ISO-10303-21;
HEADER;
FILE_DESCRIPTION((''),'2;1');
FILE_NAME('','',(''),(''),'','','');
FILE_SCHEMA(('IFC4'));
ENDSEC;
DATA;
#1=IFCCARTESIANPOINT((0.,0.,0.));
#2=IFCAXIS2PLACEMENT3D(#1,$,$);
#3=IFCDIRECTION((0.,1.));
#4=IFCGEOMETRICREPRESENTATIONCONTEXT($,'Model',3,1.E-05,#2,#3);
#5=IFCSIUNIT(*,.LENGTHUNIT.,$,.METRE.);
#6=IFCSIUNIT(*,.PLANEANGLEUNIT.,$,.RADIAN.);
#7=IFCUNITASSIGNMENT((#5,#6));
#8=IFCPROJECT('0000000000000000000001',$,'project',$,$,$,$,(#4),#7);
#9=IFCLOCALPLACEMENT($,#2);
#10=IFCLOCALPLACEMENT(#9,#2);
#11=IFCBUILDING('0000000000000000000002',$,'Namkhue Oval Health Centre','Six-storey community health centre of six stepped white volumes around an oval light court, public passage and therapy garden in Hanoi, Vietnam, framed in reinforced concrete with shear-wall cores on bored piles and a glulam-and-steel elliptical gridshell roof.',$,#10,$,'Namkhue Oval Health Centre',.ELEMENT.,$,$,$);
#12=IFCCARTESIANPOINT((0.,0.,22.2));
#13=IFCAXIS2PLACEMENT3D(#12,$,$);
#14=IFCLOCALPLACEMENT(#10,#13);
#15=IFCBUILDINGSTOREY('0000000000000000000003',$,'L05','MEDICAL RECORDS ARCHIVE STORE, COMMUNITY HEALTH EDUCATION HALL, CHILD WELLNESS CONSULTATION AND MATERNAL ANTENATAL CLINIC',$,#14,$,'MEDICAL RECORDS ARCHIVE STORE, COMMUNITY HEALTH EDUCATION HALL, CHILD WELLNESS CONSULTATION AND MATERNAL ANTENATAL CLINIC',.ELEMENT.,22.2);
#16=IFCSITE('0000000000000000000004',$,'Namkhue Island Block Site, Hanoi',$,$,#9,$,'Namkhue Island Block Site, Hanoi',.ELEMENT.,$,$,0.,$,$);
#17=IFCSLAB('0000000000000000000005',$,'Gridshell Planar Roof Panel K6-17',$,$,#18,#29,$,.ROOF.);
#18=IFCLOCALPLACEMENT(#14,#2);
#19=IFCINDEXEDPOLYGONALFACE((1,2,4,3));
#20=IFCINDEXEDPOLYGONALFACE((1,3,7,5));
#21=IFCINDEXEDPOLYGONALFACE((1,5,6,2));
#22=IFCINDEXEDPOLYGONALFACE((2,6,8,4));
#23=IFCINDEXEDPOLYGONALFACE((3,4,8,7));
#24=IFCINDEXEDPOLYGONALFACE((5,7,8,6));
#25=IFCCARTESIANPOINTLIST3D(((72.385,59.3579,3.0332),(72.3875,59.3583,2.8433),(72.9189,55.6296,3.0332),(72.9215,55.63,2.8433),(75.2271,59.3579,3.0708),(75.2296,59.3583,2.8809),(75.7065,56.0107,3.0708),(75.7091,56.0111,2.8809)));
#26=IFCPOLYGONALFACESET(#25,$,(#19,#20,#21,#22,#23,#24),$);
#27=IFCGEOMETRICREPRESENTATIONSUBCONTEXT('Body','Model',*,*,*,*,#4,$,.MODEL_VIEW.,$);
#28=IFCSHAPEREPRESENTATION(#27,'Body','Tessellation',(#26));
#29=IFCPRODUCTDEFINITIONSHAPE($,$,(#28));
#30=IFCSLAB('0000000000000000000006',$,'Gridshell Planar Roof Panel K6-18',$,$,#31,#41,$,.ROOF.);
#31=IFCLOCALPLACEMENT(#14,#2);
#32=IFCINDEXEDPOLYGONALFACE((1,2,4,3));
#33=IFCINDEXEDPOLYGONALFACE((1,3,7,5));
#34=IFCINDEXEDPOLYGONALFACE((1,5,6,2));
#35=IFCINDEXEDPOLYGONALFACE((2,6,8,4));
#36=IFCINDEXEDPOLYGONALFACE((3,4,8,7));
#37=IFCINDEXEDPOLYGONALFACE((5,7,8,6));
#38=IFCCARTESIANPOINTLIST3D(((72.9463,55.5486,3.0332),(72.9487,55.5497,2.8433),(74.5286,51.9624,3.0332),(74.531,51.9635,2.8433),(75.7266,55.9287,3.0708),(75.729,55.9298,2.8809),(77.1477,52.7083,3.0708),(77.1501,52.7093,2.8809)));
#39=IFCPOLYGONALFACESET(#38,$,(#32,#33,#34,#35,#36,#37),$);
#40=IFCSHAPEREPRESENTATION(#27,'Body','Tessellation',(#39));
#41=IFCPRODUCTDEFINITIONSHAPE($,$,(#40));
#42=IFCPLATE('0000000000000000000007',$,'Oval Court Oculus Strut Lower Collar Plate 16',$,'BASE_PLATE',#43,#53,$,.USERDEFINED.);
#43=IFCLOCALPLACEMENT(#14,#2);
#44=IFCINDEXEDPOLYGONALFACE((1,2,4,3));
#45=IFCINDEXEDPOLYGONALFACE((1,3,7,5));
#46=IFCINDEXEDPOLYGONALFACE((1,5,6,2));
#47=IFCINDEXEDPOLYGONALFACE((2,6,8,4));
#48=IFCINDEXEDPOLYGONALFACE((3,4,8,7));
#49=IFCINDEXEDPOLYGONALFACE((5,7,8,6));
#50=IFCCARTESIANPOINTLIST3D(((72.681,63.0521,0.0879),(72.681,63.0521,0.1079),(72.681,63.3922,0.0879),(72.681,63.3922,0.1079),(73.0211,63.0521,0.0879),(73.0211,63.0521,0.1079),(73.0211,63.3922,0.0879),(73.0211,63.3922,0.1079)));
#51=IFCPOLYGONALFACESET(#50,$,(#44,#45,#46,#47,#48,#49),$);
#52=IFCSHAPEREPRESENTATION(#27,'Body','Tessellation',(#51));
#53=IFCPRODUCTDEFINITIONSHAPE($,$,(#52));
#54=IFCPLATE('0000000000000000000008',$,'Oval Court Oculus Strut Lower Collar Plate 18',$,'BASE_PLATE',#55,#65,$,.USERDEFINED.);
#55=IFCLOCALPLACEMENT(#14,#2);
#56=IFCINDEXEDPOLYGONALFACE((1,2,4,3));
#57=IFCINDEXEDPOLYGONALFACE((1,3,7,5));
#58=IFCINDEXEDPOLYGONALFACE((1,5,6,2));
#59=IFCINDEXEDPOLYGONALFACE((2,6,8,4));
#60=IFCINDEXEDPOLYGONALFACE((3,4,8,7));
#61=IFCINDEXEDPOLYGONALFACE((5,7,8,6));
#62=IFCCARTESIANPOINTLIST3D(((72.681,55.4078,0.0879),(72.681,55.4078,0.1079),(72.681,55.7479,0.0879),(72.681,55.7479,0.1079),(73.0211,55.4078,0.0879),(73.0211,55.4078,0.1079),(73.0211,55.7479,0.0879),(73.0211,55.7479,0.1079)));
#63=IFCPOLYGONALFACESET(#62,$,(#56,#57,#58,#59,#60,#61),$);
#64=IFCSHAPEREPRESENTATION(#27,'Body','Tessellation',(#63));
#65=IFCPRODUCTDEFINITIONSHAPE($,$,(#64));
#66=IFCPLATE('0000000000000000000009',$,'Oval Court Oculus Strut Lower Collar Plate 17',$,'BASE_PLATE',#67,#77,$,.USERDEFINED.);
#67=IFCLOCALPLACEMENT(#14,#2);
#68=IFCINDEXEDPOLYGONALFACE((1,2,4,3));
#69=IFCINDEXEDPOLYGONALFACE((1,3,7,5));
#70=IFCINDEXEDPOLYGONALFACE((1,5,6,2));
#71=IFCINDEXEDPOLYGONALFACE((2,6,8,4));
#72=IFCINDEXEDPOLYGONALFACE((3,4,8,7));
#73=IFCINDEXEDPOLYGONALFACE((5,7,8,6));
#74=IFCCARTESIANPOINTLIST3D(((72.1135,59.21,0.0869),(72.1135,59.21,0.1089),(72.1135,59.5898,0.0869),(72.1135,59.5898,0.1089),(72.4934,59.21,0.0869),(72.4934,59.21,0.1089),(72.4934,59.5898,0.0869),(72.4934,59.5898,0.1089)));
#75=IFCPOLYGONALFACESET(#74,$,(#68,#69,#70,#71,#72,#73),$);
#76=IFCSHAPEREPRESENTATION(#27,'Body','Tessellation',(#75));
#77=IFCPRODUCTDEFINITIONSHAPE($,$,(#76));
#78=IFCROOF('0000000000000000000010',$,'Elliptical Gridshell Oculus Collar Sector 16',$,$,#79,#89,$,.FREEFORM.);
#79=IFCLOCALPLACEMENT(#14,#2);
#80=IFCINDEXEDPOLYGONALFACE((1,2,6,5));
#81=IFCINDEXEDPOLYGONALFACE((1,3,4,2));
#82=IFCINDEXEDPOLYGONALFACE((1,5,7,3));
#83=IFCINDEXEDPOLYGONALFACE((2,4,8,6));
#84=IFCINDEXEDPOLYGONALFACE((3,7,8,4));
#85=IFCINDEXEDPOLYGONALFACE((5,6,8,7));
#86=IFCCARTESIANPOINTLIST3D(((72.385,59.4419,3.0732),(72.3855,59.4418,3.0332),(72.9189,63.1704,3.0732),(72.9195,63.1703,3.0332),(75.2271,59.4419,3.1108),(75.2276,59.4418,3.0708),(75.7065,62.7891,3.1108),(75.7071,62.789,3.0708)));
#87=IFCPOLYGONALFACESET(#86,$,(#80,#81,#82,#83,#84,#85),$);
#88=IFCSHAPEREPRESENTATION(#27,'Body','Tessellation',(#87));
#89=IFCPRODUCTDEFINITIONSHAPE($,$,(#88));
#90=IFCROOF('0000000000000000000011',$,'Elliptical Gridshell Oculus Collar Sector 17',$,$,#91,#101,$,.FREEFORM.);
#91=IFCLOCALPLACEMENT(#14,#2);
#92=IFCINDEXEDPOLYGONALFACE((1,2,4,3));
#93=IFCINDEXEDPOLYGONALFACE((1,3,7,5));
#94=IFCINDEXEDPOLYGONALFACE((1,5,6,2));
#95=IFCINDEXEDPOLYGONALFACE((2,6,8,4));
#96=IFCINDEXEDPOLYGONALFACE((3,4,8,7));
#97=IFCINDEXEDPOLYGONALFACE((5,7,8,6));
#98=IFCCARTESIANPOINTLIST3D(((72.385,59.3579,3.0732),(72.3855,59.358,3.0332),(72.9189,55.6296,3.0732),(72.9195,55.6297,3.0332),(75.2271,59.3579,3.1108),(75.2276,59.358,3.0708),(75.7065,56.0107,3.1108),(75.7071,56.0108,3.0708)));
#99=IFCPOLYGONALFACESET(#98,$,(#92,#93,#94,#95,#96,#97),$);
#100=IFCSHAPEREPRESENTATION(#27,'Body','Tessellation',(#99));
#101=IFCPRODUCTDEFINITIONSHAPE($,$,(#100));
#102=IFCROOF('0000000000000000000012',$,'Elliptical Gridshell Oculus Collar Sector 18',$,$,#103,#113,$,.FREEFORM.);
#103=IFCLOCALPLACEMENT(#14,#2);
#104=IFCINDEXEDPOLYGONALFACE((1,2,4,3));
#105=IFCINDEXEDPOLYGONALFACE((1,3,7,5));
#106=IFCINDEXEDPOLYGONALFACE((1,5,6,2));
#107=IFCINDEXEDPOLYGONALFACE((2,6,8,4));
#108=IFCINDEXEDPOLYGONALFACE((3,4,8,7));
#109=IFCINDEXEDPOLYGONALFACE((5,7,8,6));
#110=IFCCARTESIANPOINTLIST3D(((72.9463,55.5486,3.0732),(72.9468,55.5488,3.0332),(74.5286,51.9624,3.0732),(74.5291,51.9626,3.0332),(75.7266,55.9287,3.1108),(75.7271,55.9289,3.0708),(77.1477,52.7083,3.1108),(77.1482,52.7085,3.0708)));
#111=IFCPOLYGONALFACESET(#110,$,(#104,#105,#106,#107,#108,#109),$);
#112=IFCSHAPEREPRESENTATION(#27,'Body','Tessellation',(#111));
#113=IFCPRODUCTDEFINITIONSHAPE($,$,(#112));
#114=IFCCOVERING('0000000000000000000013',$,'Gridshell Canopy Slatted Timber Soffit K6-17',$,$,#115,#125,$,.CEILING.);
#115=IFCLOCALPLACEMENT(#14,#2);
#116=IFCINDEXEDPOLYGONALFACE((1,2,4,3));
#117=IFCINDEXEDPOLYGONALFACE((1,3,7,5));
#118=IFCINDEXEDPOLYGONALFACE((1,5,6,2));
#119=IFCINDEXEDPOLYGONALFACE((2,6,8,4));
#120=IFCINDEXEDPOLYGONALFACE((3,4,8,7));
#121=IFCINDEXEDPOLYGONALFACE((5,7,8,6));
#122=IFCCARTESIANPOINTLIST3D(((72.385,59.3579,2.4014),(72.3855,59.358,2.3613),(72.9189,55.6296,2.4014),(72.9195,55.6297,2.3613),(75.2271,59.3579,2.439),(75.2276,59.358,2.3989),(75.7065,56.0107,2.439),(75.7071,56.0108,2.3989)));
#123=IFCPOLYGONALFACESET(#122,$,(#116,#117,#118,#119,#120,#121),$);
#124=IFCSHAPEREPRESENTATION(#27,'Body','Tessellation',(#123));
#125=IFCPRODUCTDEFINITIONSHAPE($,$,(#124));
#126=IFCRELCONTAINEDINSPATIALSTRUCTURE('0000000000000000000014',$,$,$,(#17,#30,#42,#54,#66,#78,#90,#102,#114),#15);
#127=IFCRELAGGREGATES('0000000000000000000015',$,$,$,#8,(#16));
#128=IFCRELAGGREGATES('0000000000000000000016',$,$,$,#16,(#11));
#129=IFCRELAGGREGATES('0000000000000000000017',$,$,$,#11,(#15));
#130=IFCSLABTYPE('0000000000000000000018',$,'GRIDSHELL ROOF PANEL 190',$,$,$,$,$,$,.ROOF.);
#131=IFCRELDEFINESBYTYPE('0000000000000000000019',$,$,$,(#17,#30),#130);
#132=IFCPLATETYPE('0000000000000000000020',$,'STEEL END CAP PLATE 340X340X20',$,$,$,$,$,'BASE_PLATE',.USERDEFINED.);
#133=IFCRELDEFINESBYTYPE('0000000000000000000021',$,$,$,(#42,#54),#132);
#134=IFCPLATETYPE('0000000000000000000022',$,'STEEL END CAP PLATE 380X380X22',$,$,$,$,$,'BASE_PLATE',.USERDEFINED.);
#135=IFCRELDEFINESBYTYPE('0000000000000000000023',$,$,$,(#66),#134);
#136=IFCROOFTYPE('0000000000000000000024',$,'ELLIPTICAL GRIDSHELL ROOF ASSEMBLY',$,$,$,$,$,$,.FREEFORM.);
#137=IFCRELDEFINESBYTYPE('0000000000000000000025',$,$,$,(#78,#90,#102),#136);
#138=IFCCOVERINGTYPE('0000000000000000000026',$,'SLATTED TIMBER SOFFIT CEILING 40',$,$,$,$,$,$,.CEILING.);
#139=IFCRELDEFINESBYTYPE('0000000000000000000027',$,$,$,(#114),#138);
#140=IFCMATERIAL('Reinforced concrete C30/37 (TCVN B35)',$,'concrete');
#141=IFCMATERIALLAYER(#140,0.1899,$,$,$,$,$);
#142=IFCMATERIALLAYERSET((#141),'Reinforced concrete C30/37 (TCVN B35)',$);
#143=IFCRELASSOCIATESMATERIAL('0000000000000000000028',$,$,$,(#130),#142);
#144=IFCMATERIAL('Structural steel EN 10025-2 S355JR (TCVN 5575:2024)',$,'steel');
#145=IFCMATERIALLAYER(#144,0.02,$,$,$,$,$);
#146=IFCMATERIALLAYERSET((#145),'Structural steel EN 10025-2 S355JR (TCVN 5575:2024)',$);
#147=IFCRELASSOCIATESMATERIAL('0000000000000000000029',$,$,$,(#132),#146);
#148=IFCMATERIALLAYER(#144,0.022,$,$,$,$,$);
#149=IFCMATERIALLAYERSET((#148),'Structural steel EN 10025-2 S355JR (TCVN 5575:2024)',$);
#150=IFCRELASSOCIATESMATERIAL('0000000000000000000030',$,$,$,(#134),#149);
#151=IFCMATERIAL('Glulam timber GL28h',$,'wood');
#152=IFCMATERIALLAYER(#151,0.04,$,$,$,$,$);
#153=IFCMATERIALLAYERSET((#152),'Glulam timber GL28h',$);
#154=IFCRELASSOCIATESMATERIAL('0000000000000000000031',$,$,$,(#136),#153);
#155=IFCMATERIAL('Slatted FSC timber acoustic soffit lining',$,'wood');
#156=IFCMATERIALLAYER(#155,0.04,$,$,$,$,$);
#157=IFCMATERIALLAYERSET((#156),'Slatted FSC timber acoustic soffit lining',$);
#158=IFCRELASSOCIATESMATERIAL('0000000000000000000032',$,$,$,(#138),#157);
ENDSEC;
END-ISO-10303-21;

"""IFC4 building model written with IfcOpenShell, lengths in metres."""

from ifc_helpers import new_model, si_unit, direction, frame, origin, origin_2d, place, context, subcontext, project, spatial, polyline, rectangle, outline, extrude, material, layer, layer_set, type_object, element, save


model = new_model("IFC4")

# Units and contexts
model_context = context("Model", 3, precision=1e-05, world=origin(), true_north=direction((0.0, 1.0)))
body_context = subcontext(model_context, "Body", "Model", "MODEL_VIEW")
ifc_project = project(units=[si_unit("LENGTHUNIT", "METRE"), si_unit("PLANEANGLEUNIT", "RADIAN")], contexts=[model_context])

# Site, building, storey
site_placement = place(None, origin())
site = spatial("IfcSite", under=ifc_project, at=site_placement, Name="Namkhue Island Block Site, Hanoi", LongName="Namkhue Island Block Site, Hanoi", CompositionType="ELEMENT", RefElevation=0.0)
building_placement = place(site_placement, origin())
building = spatial("IfcBuilding", under=site, at=building_placement, Name="Namkhue Oval Health Centre", Description="Six-storey community health centre of six stepped white volumes around an oval light court, public passage and therapy garden in Hanoi, Vietnam, framed in reinforced concrete with shear-wall cores on bored piles and a glulam-and-steel elliptical gridshell roof.", LongName="Namkhue Oval Health Centre", CompositionType="ELEMENT")
storey_placement = place(building_placement, frame((0.0, 0.0, 22.2)))
storey = spatial("IfcBuildingStorey", under=building, at=storey_placement, Name="L05", Description="MEDICAL RECORDS ARCHIVE STORE, COMMUNITY HEALTH EDUCATION HALL, CHILD WELLNESS CONSULTATION AND MATERNAL ANTENATAL CLINIC", LongName="MEDICAL RECORDS ARCHIVE STORE, COMMUNITY HEALTH EDUCATION HALL, CHILD WELLNESS CONSULTATION AND MATERNAL ANTENATAL CLINIC", CompositionType="ELEMENT", Elevation=22.2)

# Shared definitions
ifc_material_1 = material(Name="Structural steel EN 10025-2 S355JR (TCVN 5575:2024)", Category="steel")

# Shared definitions
ifc_material_2 = material(Name="Glulam timber GL28h", Category="wood")

# Slabs
ifc_material_3 = material(Name="Reinforced concrete C30/37 (TCVN B35)", Category="concrete")
ifc_layer_1 = layer(ifc_material_3, 0.1899)
ifc_layer_set_1 = layer_set([ifc_layer_1], Name="Reinforced concrete C30/37 (TCVN B35)")
slab_type = type_object("IfcSlabType", Name="GRIDSHELL ROOF PANEL 190", PredefinedType="ROOF", material=ifc_layer_set_1)
slab_1_placement = place(storey_placement, frame((72.385, 59.3579, 3.0332), z_axis=(-0.013228, -0.001895, 0.999911), x_axis=(0.141766, -0.9899, 0.0)))
element("IfcSlab", 1, at=slab_1_placement, inside=storey, type_object=slab_type, Name="Gridshell Planar Roof Panel K6-17", PredefinedType="ROOF", context=body_context, shape_type="SweptSolid", body=[
    extrude(outline(polyline([(0.0, 0.0), (3.7663, 0.0), (3.7842, 2.8137), (0.4029, 2.8136), (0.0, 0.0)])), origin(), (0.0, 0.0, -1.0), 0.1899),
])
slab_2_placement = place(storey_placement, frame((72.9463, 55.5486, 3.0332), z_axis=(-0.012752, -0.005627, 0.999903), x_axis=(0.403669, -0.914905, 0.0)))
element("IfcSlab", 2, at=slab_2_placement, inside=storey, type_object=slab_type, Name="Gridshell Planar Roof Panel K6-18", PredefinedType="ROOF", context=body_context, shape_type="SweptSolid", body=[
    extrude(outline(polyline([(0.0, 0.0), (3.9197, 0.0), (4.2946, 2.6976), (0.7745, 2.6974), (0.0, 0.0)])), origin(), (0.0, 0.0, -1.0), 0.1899),
])

# Plates
ifc_layer_2 = layer(ifc_material_1, 0.02)
ifc_layer_set_2 = layer_set([ifc_layer_2], Name="Structural steel EN 10025-2 S355JR (TCVN 5575:2024)")
plate_type_1 = type_object("IfcPlateType", Name="STEEL END CAP PLATE 340X340X20", ElementType="BASE_PLATE", PredefinedType="USERDEFINED", material=ifc_layer_set_2)
for number, where, z_axis, x_axis, name in (
    (3, (72.8511, 63.2222, 0.0879), (0.0, 0.0, 1.0), (1.0, 0.0, 0.0), "Oval Court Oculus Strut Lower Collar Plate 16"),
    (4, (72.8511, 55.5779, 0.0879), (0.0, 0.0, 1.0), (1.0, 0.0, 0.0), "Oval Court Oculus Strut Lower Collar Plate 18"),
):
    element("IfcPlate", number, at=place(storey_placement, frame(where, z_axis=z_axis, x_axis=x_axis)), inside=storey, type_object=plate_type_1, Name=name, ObjectType="BASE_PLATE", PredefinedType="USERDEFINED", context=body_context, shape_type="SweptSolid", body=[
        extrude(rectangle(XDim=0.3401, YDim=0.3401, at=origin_2d()), origin(), (0.0, 0.0, 1.0), 0.02),
    ])
ifc_layer_3 = layer(ifc_material_1, 0.022)
ifc_layer_set_3 = layer_set([ifc_layer_3], Name="Structural steel EN 10025-2 S355JR (TCVN 5575:2024)")
plate_type_2 = type_object("IfcPlateType", Name="STEEL END CAP PLATE 380X380X22", ElementType="BASE_PLATE", PredefinedType="USERDEFINED", material=ifc_layer_set_3)
plate_1_placement = place(storey_placement, frame((72.3035, 59.3999, 0.0869), z_axis=(0.0, 0.0, 1.0), x_axis=(1.0, 0.0, 0.0)))
element("IfcPlate", 5, at=plate_1_placement, inside=storey, type_object=plate_type_2, Name="Oval Court Oculus Strut Lower Collar Plate 17", ObjectType="BASE_PLATE", PredefinedType="USERDEFINED", context=body_context, shape_type="SweptSolid", body=[
    extrude(rectangle(XDim=0.3799, YDim=0.3799, at=origin_2d()), origin(), (0.0, 0.0, 1.0), 0.022),
])

# Roofs
ifc_layer_4 = layer(ifc_material_2, 0.04)
ifc_layer_set_4 = layer_set([ifc_layer_4], Name="Glulam timber GL28h")
roof_type = type_object("IfcRoofType", Name="ELLIPTICAL GRIDSHELL ROOF ASSEMBLY", PredefinedType="FREEFORM", material=ifc_layer_set_4)
roof_1_placement = place(storey_placement, frame((72.9189, 63.1704, 3.0732), z_axis=(-0.013228, 0.001895, 0.999911), x_axis=(-0.141757, -0.989901, 0.0)))
element("IfcRoof", 6, at=roof_1_placement, inside=storey, type_object=roof_type, Name="Elliptical Gridshell Oculus Collar Sector 16", PredefinedType="FREEFORM", context=body_context, shape_type="SweptSolid", body=[
    extrude(outline(polyline([(0.0, 0.0), (3.7666, 0.0), (3.3637, 2.8136), (-0.0177, 2.8138), (0.0, 0.0)])), origin(), (0.0, 0.0, -1.0), 0.04),
])
roof_2_placement = place(storey_placement, frame((72.385, 59.3579, 3.0732), z_axis=(-0.013228, -0.001895, 0.999911), x_axis=(0.141766, -0.9899, 0.0)))
element("IfcRoof", 7, at=roof_2_placement, inside=storey, type_object=roof_type, Name="Elliptical Gridshell Oculus Collar Sector 17", PredefinedType="FREEFORM", context=body_context, shape_type="SweptSolid", body=[
    extrude(outline(polyline([(0.0, 0.0), (3.7663, 0.0), (3.7842, 2.8137), (0.4029, 2.8136), (0.0, 0.0)])), origin(), (0.0, 0.0, -1.0), 0.04),
])
roof_3_placement = place(storey_placement, frame((72.9463, 55.5486, 3.0732), z_axis=(-0.012752, -0.005627, 0.999903), x_axis=(0.403669, -0.914905, 0.0)))
element("IfcRoof", 8, at=roof_3_placement, inside=storey, type_object=roof_type, Name="Elliptical Gridshell Oculus Collar Sector 18", PredefinedType="FREEFORM", context=body_context, shape_type="SweptSolid", body=[
    extrude(outline(polyline([(0.0, 0.0), (3.9197, 0.0), (4.2946, 2.6976), (0.7745, 2.6974), (0.0, 0.0)])), origin(), (0.0, 0.0, -1.0), 0.04),
])

# Covering
ifc_material_4 = material(Name="Slatted FSC timber acoustic soffit lining", Category="wood")
ifc_layer_5 = layer(ifc_material_4, 0.04)
ifc_layer_set_5 = layer_set([ifc_layer_5], Name="Slatted FSC timber acoustic soffit lining")
covering_type = type_object("IfcCoveringType", Name="SLATTED TIMBER SOFFIT CEILING 40", PredefinedType="CEILING", material=ifc_layer_set_5)
covering_placement = place(storey_placement, frame((72.385, 59.3579, 2.4014), z_axis=(-0.013228, -0.001895, 0.999911), x_axis=(0.141766, -0.9899, 0.0)))
element("IfcCovering", 9, at=covering_placement, inside=storey, type_object=covering_type, Name="Gridshell Canopy Slatted Timber Soffit K6-17", PredefinedType="CEILING", context=body_context, shape_type="SweptSolid", body=[
    extrude(outline(polyline([(0.0, 0.0), (3.7663, 0.0), (3.7842, 2.8137), (0.4029, 2.8136), (0.0, 0.0)])), origin(), (0.0, 0.0, -1.0), 0.04),
])

save(model, "model.ifc")
